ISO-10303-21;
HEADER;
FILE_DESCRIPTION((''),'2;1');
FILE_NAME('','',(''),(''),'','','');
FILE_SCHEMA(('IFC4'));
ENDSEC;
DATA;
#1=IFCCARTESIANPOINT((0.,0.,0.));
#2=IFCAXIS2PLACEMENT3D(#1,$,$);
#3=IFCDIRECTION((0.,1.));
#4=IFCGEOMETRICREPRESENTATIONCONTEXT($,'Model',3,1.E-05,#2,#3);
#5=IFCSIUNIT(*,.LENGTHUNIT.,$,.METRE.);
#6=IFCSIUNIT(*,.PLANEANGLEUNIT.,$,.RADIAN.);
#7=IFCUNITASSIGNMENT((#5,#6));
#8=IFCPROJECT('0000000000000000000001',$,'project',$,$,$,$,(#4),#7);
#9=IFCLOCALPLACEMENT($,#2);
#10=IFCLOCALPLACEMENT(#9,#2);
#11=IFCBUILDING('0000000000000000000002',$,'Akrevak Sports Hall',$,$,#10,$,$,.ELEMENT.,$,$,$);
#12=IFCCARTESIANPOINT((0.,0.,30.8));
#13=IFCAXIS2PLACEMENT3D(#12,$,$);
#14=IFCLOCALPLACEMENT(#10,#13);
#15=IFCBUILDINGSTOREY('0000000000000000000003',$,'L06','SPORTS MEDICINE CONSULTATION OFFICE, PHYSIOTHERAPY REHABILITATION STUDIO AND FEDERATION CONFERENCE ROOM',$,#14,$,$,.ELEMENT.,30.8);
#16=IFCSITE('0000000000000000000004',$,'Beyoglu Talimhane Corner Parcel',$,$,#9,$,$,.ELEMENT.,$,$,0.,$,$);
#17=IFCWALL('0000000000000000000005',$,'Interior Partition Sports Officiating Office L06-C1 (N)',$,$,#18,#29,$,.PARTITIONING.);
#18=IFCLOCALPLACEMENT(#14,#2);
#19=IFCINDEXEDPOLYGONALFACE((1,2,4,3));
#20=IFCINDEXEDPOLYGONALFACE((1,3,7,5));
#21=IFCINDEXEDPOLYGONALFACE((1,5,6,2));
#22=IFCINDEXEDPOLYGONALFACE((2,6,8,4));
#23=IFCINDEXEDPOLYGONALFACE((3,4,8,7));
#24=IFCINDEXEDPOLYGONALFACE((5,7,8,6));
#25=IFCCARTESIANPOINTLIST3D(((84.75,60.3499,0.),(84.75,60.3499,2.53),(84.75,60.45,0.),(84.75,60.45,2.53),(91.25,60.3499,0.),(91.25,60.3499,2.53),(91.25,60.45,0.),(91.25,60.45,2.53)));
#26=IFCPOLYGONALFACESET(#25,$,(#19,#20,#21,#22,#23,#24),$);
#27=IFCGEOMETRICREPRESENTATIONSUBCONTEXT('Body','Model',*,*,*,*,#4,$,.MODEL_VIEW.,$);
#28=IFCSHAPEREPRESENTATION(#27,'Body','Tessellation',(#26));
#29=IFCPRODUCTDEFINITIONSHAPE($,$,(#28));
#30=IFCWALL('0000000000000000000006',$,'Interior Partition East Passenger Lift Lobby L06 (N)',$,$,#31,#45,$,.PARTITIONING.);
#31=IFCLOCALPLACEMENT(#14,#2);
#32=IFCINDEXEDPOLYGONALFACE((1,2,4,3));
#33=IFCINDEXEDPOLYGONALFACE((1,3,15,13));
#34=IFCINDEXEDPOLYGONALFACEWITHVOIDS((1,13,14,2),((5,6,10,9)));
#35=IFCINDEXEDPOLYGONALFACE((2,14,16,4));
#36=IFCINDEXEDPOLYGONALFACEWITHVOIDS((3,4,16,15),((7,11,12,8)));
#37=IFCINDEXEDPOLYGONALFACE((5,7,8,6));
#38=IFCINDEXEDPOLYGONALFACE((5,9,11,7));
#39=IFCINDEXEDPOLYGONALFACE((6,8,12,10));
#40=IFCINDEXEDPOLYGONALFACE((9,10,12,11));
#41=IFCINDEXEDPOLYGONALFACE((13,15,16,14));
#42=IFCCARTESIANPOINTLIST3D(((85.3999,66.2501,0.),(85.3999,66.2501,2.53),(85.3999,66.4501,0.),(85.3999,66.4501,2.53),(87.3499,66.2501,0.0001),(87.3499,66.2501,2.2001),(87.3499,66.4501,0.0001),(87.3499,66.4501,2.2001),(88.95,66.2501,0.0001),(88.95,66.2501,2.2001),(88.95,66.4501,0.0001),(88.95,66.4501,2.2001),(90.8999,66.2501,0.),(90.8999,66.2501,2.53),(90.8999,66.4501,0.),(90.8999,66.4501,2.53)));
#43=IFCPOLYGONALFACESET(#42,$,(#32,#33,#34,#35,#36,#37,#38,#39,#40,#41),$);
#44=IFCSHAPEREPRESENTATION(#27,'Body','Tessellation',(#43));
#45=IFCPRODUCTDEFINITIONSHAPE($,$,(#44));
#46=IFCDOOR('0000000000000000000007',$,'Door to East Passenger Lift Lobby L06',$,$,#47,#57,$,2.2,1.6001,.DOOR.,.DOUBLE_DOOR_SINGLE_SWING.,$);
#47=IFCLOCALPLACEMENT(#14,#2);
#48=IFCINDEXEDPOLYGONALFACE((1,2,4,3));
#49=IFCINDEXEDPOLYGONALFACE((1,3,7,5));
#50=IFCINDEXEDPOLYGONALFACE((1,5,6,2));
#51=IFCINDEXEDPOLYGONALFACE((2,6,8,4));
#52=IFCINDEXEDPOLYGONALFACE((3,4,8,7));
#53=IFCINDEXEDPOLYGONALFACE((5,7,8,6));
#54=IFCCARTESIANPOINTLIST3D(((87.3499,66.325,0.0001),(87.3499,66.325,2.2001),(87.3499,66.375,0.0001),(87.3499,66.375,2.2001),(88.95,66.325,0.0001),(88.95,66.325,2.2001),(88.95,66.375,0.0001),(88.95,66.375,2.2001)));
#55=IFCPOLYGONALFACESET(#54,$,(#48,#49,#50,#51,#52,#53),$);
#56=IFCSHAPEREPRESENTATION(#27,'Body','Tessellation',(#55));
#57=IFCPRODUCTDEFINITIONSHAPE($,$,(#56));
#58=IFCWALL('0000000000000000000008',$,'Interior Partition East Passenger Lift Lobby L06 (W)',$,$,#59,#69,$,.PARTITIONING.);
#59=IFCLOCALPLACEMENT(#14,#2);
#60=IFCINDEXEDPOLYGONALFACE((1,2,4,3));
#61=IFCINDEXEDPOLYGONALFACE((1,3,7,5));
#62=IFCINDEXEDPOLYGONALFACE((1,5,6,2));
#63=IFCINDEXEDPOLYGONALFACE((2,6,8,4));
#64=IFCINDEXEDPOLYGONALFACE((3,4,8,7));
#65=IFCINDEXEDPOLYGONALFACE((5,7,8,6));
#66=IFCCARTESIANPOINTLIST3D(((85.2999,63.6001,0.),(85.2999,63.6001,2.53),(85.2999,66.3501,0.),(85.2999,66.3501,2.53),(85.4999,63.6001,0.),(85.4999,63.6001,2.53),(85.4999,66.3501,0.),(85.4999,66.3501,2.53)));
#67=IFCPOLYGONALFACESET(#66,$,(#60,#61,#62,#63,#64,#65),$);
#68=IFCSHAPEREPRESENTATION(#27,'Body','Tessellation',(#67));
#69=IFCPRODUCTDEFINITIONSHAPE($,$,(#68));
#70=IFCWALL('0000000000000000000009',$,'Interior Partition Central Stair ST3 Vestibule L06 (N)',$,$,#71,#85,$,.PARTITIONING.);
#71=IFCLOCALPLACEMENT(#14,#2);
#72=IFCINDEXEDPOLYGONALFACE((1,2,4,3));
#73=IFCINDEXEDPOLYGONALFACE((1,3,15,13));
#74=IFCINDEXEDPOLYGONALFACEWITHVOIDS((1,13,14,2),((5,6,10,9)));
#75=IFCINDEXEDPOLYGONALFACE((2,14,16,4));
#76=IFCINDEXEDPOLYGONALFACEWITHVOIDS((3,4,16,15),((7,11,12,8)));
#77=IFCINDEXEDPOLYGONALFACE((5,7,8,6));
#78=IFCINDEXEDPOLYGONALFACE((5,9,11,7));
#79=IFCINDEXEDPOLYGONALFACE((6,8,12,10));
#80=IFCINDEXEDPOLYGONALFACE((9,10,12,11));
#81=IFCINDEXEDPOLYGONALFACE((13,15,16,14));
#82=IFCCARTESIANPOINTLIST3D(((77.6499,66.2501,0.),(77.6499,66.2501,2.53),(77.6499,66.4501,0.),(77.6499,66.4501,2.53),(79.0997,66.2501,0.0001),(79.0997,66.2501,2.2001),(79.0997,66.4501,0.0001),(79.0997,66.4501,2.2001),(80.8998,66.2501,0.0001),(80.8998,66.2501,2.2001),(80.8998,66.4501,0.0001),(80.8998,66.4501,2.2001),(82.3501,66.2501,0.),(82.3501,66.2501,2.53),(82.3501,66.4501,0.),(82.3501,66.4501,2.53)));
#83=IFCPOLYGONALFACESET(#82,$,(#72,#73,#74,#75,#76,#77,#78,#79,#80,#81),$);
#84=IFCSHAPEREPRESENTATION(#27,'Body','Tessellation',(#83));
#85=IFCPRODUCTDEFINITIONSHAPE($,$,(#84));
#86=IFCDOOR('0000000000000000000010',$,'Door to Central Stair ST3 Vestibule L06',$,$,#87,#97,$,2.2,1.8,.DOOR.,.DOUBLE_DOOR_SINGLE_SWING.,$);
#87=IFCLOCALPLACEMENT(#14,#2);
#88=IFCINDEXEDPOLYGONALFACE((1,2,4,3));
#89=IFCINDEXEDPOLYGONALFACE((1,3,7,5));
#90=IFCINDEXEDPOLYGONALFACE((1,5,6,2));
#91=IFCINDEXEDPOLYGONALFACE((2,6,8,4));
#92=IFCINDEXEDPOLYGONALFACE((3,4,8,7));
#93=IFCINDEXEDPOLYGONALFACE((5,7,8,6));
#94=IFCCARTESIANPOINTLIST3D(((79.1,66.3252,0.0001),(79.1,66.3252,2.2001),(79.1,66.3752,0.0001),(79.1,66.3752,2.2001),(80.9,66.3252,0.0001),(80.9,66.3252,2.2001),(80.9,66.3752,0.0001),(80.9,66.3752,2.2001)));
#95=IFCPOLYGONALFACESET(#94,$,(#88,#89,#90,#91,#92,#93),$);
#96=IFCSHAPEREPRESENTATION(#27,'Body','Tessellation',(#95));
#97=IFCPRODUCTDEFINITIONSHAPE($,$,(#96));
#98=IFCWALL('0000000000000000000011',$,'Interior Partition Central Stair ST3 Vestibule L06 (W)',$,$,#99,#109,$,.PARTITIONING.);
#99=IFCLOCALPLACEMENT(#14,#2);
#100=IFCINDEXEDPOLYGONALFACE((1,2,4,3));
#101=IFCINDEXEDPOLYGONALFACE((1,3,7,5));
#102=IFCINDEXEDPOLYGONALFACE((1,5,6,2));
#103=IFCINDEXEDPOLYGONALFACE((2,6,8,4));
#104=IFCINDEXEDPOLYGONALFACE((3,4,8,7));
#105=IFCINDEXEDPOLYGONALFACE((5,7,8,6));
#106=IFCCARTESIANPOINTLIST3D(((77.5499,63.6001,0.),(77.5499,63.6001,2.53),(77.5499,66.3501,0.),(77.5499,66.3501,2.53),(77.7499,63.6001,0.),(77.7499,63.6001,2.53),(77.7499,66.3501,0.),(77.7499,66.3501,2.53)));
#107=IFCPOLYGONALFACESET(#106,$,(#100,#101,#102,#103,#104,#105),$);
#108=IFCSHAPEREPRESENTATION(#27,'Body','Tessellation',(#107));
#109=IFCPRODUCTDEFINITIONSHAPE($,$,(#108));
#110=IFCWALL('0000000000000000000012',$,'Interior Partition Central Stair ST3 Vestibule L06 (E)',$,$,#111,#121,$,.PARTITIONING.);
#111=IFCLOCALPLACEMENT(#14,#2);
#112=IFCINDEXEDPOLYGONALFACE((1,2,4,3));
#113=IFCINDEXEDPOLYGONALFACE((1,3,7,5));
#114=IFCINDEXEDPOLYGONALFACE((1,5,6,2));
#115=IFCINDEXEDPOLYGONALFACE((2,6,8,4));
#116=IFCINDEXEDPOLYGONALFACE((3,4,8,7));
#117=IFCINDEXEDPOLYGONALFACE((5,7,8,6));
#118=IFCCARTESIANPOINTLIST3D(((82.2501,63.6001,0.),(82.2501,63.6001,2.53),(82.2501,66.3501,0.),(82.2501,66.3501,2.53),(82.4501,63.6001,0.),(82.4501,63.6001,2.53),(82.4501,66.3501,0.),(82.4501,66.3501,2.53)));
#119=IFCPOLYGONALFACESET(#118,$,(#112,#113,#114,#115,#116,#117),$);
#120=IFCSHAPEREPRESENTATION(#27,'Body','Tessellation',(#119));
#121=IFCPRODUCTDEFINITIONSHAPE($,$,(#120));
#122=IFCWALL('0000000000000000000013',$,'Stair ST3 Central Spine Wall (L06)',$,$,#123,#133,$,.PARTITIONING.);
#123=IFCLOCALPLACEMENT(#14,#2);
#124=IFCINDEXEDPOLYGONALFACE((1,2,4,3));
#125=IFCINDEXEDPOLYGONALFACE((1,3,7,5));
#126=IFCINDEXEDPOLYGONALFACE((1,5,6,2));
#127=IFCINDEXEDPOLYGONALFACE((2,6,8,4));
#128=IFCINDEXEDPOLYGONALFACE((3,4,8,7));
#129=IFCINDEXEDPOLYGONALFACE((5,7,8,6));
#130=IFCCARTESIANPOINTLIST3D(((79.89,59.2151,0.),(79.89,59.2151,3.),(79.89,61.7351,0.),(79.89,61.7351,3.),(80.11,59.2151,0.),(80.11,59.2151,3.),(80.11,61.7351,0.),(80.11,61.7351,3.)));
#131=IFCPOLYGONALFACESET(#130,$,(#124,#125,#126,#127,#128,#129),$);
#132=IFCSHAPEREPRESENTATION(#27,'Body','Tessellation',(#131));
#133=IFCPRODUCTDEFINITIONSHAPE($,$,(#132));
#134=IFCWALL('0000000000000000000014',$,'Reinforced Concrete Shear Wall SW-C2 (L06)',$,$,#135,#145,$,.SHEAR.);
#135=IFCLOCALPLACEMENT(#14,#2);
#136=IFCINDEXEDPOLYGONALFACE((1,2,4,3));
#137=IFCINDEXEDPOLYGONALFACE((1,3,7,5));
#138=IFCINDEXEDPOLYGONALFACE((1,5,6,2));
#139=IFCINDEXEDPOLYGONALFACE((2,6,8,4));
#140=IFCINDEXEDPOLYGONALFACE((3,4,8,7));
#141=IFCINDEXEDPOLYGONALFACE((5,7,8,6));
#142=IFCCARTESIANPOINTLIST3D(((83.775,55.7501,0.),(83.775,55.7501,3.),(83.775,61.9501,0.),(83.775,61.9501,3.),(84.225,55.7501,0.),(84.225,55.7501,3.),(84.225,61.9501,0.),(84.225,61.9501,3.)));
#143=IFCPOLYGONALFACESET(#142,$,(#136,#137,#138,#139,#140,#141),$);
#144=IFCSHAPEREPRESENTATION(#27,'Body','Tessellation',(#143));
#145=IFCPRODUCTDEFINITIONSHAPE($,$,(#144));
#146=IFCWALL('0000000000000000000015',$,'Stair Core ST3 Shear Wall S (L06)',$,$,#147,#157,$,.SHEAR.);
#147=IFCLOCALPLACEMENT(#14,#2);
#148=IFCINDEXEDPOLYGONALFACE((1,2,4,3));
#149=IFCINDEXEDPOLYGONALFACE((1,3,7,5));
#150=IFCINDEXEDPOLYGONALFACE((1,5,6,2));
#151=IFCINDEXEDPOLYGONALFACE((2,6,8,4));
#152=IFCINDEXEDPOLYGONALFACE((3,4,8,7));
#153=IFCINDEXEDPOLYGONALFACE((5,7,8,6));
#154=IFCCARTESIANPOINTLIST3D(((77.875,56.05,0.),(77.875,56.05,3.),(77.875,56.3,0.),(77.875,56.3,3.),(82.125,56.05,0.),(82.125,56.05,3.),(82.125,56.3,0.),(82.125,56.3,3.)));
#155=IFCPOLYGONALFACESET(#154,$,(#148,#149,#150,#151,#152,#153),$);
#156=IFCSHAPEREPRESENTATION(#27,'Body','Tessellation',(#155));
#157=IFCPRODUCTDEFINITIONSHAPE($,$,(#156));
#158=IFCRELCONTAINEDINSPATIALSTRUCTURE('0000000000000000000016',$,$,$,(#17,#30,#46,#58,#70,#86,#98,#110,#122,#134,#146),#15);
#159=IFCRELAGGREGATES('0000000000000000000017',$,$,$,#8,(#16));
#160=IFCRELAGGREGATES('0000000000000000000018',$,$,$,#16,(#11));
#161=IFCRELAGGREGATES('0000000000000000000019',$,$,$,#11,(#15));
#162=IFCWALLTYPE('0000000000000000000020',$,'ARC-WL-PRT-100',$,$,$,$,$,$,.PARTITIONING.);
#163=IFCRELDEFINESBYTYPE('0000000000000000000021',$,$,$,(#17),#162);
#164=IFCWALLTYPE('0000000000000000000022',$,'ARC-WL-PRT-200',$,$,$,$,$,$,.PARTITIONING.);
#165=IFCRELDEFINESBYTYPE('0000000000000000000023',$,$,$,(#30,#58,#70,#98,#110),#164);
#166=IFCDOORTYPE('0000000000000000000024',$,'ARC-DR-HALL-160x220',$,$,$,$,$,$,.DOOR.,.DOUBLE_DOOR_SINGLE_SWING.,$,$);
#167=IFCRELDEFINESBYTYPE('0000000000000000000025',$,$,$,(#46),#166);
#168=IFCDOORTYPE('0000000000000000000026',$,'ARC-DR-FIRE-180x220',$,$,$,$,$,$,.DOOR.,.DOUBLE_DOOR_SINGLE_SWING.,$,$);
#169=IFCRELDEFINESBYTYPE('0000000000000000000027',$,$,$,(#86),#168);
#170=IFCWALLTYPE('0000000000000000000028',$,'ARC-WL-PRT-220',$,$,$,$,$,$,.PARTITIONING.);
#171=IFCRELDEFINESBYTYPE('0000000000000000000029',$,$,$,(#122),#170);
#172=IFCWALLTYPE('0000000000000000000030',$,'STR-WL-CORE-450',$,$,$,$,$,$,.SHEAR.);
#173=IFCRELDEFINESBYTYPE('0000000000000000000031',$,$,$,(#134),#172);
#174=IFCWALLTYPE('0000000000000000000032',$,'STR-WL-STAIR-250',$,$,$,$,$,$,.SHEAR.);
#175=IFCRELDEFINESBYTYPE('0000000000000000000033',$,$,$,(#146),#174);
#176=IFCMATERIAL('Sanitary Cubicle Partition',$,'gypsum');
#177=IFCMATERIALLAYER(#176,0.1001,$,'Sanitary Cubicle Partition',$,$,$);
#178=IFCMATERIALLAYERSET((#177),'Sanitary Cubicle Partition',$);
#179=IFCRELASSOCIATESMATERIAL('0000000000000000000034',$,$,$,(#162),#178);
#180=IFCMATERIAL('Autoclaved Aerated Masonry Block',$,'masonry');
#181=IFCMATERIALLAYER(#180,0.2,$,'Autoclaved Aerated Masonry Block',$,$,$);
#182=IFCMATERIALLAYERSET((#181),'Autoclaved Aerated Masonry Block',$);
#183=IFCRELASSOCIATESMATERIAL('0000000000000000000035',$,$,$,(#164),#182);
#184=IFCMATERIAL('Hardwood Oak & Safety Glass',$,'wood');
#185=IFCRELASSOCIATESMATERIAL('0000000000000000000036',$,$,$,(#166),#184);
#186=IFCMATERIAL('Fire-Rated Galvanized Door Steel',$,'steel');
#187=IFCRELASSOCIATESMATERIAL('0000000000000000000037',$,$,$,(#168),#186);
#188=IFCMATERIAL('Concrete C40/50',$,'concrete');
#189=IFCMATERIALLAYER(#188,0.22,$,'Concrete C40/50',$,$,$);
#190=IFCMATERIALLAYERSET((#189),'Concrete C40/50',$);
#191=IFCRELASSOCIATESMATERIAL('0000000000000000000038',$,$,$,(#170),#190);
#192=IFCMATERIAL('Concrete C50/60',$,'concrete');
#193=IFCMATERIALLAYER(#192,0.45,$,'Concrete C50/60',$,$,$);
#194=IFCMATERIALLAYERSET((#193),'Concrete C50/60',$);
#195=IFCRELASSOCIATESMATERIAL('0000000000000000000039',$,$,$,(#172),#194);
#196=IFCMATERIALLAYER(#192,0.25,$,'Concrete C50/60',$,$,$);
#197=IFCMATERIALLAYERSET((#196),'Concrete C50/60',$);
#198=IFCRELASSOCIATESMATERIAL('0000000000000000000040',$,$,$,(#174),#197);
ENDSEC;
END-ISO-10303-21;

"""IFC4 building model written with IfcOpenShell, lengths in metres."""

from ifc_helpers import new_model, si_unit, direction, frame, frame_2d, origin, place, context, subcontext, project, spatial, rectangle, extrude, material, layer, layer_set, type_object, element, fill, save


model = new_model("IFC4")

# Units and contexts
model_context = context("Model", 3, precision=1e-05, world=origin(), true_north=direction((0.0, 1.0)))
body_context = subcontext(model_context, "Body", "Model", "MODEL_VIEW")
ifc_project = project(units=[si_unit("LENGTHUNIT", "METRE"), si_unit("PLANEANGLEUNIT", "RADIAN")], contexts=[model_context])

# Site, building, storey
site_placement = place(None, origin())
site = spatial("IfcSite", under=ifc_project, at=site_placement, Name="Beyoglu Talimhane Corner Parcel", CompositionType="ELEMENT", RefElevation=0.0)
building_placement = place(site_placement, origin())
building = spatial("IfcBuilding", under=site, at=building_placement, Name="Akrevak Sports Hall", CompositionType="ELEMENT")
storey_placement = place(building_placement, frame((0.0, 0.0, 30.8)))
storey = spatial("IfcBuildingStorey", under=building, at=storey_placement, Name="L06", Description="SPORTS MEDICINE CONSULTATION OFFICE, PHYSIOTHERAPY REHABILITATION STUDIO AND FEDERATION CONFERENCE ROOM", CompositionType="ELEMENT", Elevation=30.8)

# Shared definitions
ifc_material_1 = material(Name="Concrete C40/50", Category="concrete")

# Wall
ifc_material_2 = material(Name="Sanitary Cubicle Partition", Category="gypsum")
ifc_layer_1 = layer(ifc_material_2, 0.1001, Name="Sanitary Cubicle Partition")
ifc_layer_set_1 = layer_set([ifc_layer_1], Name="Sanitary Cubicle Partition")
wall_type_1 = type_object("IfcWallType", Name="ARC-WL-PRT-100", PredefinedType="PARTITIONING", material=ifc_layer_set_1)
wall_1_placement = place(storey_placement, frame((84.75, 60.3999, 0.0), z_axis=(0.0, 0.0, 1.0), x_axis=(1.0, 0.0, 0.0)))
element("IfcWall", 1, at=wall_1_placement, inside=storey, type_object=wall_type_1, Name="Interior Partition Sports Officiating Office L06-C1 (N)", PredefinedType="PARTITIONING", context=body_context, shape_type="SweptSolid", body=[
    extrude(rectangle(XDim=6.5, YDim=0.1001, at=frame_2d((3.25, 0.0))), origin(), (0.0, 0.0, 1.0), 2.53),
])

# Wall, opening, door
ifc_material_3 = material(Name="Autoclaved Aerated Masonry Block", Category="masonry")
ifc_layer_2 = layer(ifc_material_3, 0.2, Name="Autoclaved Aerated Masonry Block")
ifc_layer_set_2 = layer_set([ifc_layer_2], Name="Autoclaved Aerated Masonry Block")
wall_type_2 = type_object("IfcWallType", Name="ARC-WL-PRT-200", PredefinedType="PARTITIONING", material=ifc_layer_set_2)
wall_2_placement = place(storey_placement, frame((85.3999, 66.3501, 0.0), z_axis=(0.0, 0.0, 1.0), x_axis=(1.0, 0.0, 0.0)))
wall_2 = element("IfcWall", 2, at=wall_2_placement, inside=storey, type_object=wall_type_2, Name="Interior Partition East Passenger Lift Lobby L06 (N)", PredefinedType="PARTITIONING", context=body_context, shape_type="SweptSolid", body=[
    extrude(rectangle(XDim=5.5, YDim=0.2, at=frame_2d((2.75, 0.0))), origin(), (0.0, 0.0, 1.0), 2.53),
])
opening_1_placement = place(wall_2_placement, frame((1.95, 0.0, 0.0)))
opening_1 = element("IfcOpeningElement", 3, at=opening_1_placement, cuts=wall_2, PredefinedType="OPENING", context=body_context, shape_type="SweptSolid", body=[
    extrude(rectangle(XDim=1.6001, YDim=2.2, at=frame_2d((0.8, 1.1001))), frame((0.0, 0.1118, 0.0), z_axis=(0.0, -1.0, 0.0), x_axis=(1.0, 0.0, 0.0)), (0.0, 0.0, 1.0), 0.2239),
])
ifc_material_4 = material(Name="Hardwood Oak & Safety Glass", Category="wood")
door_type_1 = type_object("IfcDoorType", Name="ARC-DR-HALL-160x220", OperationType="DOUBLE_DOOR_SINGLE_SWING", PredefinedType="DOOR", material=ifc_material_4)
door_1_placement = place(opening_1_placement, origin())
door_1 = element("IfcDoor", 4, at=door_1_placement, inside=storey, type_object=door_type_1, Name="Door to East Passenger Lift Lobby L06", OperationType="DOUBLE_DOOR_SINGLE_SWING", OverallHeight=2.2, OverallWidth=1.6001, PredefinedType="DOOR", context=body_context, shape_type="SweptSolid", body=[
    extrude(rectangle(XDim=1.6001, YDim=2.2, at=frame_2d((0.8, 1.1001))), frame((0.0, 0.0249, 0.0), z_axis=(0.0, -1.0, 0.0), x_axis=(1.0, 0.0, 0.0)), (0.0, 0.0, 1.0), 0.05),
])
fill(opening_1, door_1)

# Wall
wall_3_placement = place(storey_placement, frame((85.3999, 63.6001, 0.0), z_axis=(0.0, 0.0, 1.0), x_axis=(0.0, 1.0, 0.0)))
element("IfcWall", 5, at=wall_3_placement, inside=storey, type_object=wall_type_2, Name="Interior Partition East Passenger Lift Lobby L06 (W)", PredefinedType="PARTITIONING", context=body_context, shape_type="SweptSolid", body=[
    extrude(rectangle(XDim=2.75, YDim=0.2, at=frame_2d((1.375, 0.0))), origin(), (0.0, 0.0, 1.0), 2.53),
])

# Wall, opening, door
wall_4_placement = place(storey_placement, frame((77.6499, 66.3501, 0.0), z_axis=(0.0, 0.0, 1.0), x_axis=(1.0, 0.0, 0.0)))
wall_4 = element("IfcWall", 6, at=wall_4_placement, inside=storey, type_object=wall_type_2, Name="Interior Partition Central Stair ST3 Vestibule L06 (N)", PredefinedType="PARTITIONING", context=body_context, shape_type="SweptSolid", body=[
    extrude(rectangle(XDim=4.7002, YDim=0.2, at=frame_2d((2.3501, 0.0))), origin(), (0.0, 0.0, 1.0), 2.53),
])
opening_2_placement = place(wall_4_placement, frame((1.45, 0.0, 0.0)))
opening_2 = element("IfcOpeningElement", 7, at=opening_2_placement, cuts=wall_4, PredefinedType="OPENING", context=body_context, shape_type="SweptSolid", body=[
    extrude(rectangle(XDim=1.8, YDim=2.2, at=frame_2d((0.8999, 1.1001))), frame((0.0, 0.1118, 0.0), z_axis=(0.0, -1.0, 0.0), x_axis=(1.0, 0.0, 0.0)), (0.0, 0.0, 1.0), 0.2239),
])
ifc_material_5 = material(Name="Fire-Rated Galvanized Door Steel", Category="steel")
door_type_2 = type_object("IfcDoorType", Name="ARC-DR-FIRE-180x220", OperationType="DOUBLE_DOOR_SINGLE_SWING", PredefinedType="DOOR", material=ifc_material_5)
door_2_placement = place(opening_2_placement, frame((1.8, 0.0, 0.0), z_axis=(0.0, 0.0, 1.0), x_axis=(-1.0, 0.0, 0.0)))
door_2 = element("IfcDoor", 8, at=door_2_placement, inside=storey, type_object=door_type_2, Name="Door to Central Stair ST3 Vestibule L06", OperationType="DOUBLE_DOOR_SINGLE_SWING", OverallHeight=2.2, OverallWidth=1.8, PredefinedType="DOOR", context=body_context, shape_type="SweptSolid", body=[
    extrude(rectangle(XDim=1.8, YDim=2.2, at=frame_2d((0.8999, 1.1001))), frame((0.0, 0.0249, 0.0), z_axis=(0.0, -1.0, 0.0), x_axis=(1.0, 0.0, 0.0)), (0.0, 0.0, 1.0), 0.05),
])
fill(opening_2, door_2)

# Walls
for number, where, z_axis, x_axis, name in (
    (9, (77.6499, 63.6001, 0.0), (0.0, 0.0, 1.0), (0.0, 1.0, 0.0), "Interior Partition Central Stair ST3 Vestibule L06 (W)"),
    (10, (82.3501, 63.6001, 0.0), (0.0, 0.0, 1.0), (0.0, 1.0, 0.0), "Interior Partition Central Stair ST3 Vestibule L06 (E)"),
):
    element("IfcWall", number, at=place(storey_placement, frame(where, z_axis=z_axis, x_axis=x_axis)), inside=storey, type_object=wall_type_2, Name=name, PredefinedType="PARTITIONING", context=body_context, shape_type="SweptSolid", body=[
        extrude(rectangle(XDim=2.75, YDim=0.2, at=frame_2d((1.375, 0.0))), origin(), (0.0, 0.0, 1.0), 2.53),
    ])
ifc_layer_3 = layer(ifc_material_1, 0.22, Name="Concrete C40/50")
ifc_layer_set_3 = layer_set([ifc_layer_3], Name="Concrete C40/50")
wall_type_3 = type_object("IfcWallType", Name="ARC-WL-PRT-220", PredefinedType="PARTITIONING", material=ifc_layer_set_3)
wall_5_placement = place(storey_placement, frame((80.0, 59.2151, 0.0), z_axis=(0.0, 0.0, 1.0), x_axis=(0.0, 1.0, 0.0)))
element("IfcWall", 11, at=wall_5_placement, inside=storey, type_object=wall_type_3, Name="Stair ST3 Central Spine Wall (L06)", PredefinedType="PARTITIONING", context=body_context, shape_type="SweptSolid", body=[
    extrude(rectangle(XDim=2.52, YDim=0.22, at=frame_2d((1.26, 0.0))), origin(), (0.0, 0.0, 1.0), 3.0),
])
ifc_material_6 = material(Name="Concrete C50/60", Category="concrete")
ifc_layer_4 = layer(ifc_material_6, 0.45, Name="Concrete C50/60")
ifc_layer_set_4 = layer_set([ifc_layer_4], Name="Concrete C50/60")
wall_type_4 = type_object("IfcWallType", Name="STR-WL-CORE-450", PredefinedType="SHEAR", material=ifc_layer_set_4)
wall_6_placement = place(storey_placement, frame((84.0, 55.75, 0.0), z_axis=(0.0, 0.0, 1.0), x_axis=(0.0, 1.0, 0.0)))
element("IfcWall", 12, at=wall_6_placement, inside=storey, type_object=wall_type_4, Name="Reinforced Concrete Shear Wall SW-C2 (L06)", PredefinedType="SHEAR", context=body_context, shape_type="SweptSolid", body=[
    extrude(rectangle(XDim=6.2, YDim=0.45, at=frame_2d((3.1001, 0.0))), origin(), (0.0, 0.0, 1.0), 3.0),
])
ifc_layer_5 = layer(ifc_material_6, 0.25, Name="Concrete C50/60")
ifc_layer_set_5 = layer_set([ifc_layer_5], Name="Concrete C50/60")
wall_type_5 = type_object("IfcWallType", Name="STR-WL-STAIR-250", PredefinedType="SHEAR", material=ifc_layer_set_5)
wall_7_placement = place(storey_placement, frame((77.875, 56.175, 0.0), z_axis=(0.0, 0.0, 1.0), x_axis=(1.0, 0.0, 0.0)))
element("IfcWall", 13, at=wall_7_placement, inside=storey, type_object=wall_type_5, Name="Stair Core ST3 Shear Wall S (L06)", PredefinedType="SHEAR", context=body_context, shape_type="SweptSolid", body=[
    extrude(rectangle(XDim=4.25, YDim=0.25, at=frame_2d((2.125, 0.0))), origin(), (0.0, 0.0, 1.0), 3.0),
])

save(model, "model.ifc")
